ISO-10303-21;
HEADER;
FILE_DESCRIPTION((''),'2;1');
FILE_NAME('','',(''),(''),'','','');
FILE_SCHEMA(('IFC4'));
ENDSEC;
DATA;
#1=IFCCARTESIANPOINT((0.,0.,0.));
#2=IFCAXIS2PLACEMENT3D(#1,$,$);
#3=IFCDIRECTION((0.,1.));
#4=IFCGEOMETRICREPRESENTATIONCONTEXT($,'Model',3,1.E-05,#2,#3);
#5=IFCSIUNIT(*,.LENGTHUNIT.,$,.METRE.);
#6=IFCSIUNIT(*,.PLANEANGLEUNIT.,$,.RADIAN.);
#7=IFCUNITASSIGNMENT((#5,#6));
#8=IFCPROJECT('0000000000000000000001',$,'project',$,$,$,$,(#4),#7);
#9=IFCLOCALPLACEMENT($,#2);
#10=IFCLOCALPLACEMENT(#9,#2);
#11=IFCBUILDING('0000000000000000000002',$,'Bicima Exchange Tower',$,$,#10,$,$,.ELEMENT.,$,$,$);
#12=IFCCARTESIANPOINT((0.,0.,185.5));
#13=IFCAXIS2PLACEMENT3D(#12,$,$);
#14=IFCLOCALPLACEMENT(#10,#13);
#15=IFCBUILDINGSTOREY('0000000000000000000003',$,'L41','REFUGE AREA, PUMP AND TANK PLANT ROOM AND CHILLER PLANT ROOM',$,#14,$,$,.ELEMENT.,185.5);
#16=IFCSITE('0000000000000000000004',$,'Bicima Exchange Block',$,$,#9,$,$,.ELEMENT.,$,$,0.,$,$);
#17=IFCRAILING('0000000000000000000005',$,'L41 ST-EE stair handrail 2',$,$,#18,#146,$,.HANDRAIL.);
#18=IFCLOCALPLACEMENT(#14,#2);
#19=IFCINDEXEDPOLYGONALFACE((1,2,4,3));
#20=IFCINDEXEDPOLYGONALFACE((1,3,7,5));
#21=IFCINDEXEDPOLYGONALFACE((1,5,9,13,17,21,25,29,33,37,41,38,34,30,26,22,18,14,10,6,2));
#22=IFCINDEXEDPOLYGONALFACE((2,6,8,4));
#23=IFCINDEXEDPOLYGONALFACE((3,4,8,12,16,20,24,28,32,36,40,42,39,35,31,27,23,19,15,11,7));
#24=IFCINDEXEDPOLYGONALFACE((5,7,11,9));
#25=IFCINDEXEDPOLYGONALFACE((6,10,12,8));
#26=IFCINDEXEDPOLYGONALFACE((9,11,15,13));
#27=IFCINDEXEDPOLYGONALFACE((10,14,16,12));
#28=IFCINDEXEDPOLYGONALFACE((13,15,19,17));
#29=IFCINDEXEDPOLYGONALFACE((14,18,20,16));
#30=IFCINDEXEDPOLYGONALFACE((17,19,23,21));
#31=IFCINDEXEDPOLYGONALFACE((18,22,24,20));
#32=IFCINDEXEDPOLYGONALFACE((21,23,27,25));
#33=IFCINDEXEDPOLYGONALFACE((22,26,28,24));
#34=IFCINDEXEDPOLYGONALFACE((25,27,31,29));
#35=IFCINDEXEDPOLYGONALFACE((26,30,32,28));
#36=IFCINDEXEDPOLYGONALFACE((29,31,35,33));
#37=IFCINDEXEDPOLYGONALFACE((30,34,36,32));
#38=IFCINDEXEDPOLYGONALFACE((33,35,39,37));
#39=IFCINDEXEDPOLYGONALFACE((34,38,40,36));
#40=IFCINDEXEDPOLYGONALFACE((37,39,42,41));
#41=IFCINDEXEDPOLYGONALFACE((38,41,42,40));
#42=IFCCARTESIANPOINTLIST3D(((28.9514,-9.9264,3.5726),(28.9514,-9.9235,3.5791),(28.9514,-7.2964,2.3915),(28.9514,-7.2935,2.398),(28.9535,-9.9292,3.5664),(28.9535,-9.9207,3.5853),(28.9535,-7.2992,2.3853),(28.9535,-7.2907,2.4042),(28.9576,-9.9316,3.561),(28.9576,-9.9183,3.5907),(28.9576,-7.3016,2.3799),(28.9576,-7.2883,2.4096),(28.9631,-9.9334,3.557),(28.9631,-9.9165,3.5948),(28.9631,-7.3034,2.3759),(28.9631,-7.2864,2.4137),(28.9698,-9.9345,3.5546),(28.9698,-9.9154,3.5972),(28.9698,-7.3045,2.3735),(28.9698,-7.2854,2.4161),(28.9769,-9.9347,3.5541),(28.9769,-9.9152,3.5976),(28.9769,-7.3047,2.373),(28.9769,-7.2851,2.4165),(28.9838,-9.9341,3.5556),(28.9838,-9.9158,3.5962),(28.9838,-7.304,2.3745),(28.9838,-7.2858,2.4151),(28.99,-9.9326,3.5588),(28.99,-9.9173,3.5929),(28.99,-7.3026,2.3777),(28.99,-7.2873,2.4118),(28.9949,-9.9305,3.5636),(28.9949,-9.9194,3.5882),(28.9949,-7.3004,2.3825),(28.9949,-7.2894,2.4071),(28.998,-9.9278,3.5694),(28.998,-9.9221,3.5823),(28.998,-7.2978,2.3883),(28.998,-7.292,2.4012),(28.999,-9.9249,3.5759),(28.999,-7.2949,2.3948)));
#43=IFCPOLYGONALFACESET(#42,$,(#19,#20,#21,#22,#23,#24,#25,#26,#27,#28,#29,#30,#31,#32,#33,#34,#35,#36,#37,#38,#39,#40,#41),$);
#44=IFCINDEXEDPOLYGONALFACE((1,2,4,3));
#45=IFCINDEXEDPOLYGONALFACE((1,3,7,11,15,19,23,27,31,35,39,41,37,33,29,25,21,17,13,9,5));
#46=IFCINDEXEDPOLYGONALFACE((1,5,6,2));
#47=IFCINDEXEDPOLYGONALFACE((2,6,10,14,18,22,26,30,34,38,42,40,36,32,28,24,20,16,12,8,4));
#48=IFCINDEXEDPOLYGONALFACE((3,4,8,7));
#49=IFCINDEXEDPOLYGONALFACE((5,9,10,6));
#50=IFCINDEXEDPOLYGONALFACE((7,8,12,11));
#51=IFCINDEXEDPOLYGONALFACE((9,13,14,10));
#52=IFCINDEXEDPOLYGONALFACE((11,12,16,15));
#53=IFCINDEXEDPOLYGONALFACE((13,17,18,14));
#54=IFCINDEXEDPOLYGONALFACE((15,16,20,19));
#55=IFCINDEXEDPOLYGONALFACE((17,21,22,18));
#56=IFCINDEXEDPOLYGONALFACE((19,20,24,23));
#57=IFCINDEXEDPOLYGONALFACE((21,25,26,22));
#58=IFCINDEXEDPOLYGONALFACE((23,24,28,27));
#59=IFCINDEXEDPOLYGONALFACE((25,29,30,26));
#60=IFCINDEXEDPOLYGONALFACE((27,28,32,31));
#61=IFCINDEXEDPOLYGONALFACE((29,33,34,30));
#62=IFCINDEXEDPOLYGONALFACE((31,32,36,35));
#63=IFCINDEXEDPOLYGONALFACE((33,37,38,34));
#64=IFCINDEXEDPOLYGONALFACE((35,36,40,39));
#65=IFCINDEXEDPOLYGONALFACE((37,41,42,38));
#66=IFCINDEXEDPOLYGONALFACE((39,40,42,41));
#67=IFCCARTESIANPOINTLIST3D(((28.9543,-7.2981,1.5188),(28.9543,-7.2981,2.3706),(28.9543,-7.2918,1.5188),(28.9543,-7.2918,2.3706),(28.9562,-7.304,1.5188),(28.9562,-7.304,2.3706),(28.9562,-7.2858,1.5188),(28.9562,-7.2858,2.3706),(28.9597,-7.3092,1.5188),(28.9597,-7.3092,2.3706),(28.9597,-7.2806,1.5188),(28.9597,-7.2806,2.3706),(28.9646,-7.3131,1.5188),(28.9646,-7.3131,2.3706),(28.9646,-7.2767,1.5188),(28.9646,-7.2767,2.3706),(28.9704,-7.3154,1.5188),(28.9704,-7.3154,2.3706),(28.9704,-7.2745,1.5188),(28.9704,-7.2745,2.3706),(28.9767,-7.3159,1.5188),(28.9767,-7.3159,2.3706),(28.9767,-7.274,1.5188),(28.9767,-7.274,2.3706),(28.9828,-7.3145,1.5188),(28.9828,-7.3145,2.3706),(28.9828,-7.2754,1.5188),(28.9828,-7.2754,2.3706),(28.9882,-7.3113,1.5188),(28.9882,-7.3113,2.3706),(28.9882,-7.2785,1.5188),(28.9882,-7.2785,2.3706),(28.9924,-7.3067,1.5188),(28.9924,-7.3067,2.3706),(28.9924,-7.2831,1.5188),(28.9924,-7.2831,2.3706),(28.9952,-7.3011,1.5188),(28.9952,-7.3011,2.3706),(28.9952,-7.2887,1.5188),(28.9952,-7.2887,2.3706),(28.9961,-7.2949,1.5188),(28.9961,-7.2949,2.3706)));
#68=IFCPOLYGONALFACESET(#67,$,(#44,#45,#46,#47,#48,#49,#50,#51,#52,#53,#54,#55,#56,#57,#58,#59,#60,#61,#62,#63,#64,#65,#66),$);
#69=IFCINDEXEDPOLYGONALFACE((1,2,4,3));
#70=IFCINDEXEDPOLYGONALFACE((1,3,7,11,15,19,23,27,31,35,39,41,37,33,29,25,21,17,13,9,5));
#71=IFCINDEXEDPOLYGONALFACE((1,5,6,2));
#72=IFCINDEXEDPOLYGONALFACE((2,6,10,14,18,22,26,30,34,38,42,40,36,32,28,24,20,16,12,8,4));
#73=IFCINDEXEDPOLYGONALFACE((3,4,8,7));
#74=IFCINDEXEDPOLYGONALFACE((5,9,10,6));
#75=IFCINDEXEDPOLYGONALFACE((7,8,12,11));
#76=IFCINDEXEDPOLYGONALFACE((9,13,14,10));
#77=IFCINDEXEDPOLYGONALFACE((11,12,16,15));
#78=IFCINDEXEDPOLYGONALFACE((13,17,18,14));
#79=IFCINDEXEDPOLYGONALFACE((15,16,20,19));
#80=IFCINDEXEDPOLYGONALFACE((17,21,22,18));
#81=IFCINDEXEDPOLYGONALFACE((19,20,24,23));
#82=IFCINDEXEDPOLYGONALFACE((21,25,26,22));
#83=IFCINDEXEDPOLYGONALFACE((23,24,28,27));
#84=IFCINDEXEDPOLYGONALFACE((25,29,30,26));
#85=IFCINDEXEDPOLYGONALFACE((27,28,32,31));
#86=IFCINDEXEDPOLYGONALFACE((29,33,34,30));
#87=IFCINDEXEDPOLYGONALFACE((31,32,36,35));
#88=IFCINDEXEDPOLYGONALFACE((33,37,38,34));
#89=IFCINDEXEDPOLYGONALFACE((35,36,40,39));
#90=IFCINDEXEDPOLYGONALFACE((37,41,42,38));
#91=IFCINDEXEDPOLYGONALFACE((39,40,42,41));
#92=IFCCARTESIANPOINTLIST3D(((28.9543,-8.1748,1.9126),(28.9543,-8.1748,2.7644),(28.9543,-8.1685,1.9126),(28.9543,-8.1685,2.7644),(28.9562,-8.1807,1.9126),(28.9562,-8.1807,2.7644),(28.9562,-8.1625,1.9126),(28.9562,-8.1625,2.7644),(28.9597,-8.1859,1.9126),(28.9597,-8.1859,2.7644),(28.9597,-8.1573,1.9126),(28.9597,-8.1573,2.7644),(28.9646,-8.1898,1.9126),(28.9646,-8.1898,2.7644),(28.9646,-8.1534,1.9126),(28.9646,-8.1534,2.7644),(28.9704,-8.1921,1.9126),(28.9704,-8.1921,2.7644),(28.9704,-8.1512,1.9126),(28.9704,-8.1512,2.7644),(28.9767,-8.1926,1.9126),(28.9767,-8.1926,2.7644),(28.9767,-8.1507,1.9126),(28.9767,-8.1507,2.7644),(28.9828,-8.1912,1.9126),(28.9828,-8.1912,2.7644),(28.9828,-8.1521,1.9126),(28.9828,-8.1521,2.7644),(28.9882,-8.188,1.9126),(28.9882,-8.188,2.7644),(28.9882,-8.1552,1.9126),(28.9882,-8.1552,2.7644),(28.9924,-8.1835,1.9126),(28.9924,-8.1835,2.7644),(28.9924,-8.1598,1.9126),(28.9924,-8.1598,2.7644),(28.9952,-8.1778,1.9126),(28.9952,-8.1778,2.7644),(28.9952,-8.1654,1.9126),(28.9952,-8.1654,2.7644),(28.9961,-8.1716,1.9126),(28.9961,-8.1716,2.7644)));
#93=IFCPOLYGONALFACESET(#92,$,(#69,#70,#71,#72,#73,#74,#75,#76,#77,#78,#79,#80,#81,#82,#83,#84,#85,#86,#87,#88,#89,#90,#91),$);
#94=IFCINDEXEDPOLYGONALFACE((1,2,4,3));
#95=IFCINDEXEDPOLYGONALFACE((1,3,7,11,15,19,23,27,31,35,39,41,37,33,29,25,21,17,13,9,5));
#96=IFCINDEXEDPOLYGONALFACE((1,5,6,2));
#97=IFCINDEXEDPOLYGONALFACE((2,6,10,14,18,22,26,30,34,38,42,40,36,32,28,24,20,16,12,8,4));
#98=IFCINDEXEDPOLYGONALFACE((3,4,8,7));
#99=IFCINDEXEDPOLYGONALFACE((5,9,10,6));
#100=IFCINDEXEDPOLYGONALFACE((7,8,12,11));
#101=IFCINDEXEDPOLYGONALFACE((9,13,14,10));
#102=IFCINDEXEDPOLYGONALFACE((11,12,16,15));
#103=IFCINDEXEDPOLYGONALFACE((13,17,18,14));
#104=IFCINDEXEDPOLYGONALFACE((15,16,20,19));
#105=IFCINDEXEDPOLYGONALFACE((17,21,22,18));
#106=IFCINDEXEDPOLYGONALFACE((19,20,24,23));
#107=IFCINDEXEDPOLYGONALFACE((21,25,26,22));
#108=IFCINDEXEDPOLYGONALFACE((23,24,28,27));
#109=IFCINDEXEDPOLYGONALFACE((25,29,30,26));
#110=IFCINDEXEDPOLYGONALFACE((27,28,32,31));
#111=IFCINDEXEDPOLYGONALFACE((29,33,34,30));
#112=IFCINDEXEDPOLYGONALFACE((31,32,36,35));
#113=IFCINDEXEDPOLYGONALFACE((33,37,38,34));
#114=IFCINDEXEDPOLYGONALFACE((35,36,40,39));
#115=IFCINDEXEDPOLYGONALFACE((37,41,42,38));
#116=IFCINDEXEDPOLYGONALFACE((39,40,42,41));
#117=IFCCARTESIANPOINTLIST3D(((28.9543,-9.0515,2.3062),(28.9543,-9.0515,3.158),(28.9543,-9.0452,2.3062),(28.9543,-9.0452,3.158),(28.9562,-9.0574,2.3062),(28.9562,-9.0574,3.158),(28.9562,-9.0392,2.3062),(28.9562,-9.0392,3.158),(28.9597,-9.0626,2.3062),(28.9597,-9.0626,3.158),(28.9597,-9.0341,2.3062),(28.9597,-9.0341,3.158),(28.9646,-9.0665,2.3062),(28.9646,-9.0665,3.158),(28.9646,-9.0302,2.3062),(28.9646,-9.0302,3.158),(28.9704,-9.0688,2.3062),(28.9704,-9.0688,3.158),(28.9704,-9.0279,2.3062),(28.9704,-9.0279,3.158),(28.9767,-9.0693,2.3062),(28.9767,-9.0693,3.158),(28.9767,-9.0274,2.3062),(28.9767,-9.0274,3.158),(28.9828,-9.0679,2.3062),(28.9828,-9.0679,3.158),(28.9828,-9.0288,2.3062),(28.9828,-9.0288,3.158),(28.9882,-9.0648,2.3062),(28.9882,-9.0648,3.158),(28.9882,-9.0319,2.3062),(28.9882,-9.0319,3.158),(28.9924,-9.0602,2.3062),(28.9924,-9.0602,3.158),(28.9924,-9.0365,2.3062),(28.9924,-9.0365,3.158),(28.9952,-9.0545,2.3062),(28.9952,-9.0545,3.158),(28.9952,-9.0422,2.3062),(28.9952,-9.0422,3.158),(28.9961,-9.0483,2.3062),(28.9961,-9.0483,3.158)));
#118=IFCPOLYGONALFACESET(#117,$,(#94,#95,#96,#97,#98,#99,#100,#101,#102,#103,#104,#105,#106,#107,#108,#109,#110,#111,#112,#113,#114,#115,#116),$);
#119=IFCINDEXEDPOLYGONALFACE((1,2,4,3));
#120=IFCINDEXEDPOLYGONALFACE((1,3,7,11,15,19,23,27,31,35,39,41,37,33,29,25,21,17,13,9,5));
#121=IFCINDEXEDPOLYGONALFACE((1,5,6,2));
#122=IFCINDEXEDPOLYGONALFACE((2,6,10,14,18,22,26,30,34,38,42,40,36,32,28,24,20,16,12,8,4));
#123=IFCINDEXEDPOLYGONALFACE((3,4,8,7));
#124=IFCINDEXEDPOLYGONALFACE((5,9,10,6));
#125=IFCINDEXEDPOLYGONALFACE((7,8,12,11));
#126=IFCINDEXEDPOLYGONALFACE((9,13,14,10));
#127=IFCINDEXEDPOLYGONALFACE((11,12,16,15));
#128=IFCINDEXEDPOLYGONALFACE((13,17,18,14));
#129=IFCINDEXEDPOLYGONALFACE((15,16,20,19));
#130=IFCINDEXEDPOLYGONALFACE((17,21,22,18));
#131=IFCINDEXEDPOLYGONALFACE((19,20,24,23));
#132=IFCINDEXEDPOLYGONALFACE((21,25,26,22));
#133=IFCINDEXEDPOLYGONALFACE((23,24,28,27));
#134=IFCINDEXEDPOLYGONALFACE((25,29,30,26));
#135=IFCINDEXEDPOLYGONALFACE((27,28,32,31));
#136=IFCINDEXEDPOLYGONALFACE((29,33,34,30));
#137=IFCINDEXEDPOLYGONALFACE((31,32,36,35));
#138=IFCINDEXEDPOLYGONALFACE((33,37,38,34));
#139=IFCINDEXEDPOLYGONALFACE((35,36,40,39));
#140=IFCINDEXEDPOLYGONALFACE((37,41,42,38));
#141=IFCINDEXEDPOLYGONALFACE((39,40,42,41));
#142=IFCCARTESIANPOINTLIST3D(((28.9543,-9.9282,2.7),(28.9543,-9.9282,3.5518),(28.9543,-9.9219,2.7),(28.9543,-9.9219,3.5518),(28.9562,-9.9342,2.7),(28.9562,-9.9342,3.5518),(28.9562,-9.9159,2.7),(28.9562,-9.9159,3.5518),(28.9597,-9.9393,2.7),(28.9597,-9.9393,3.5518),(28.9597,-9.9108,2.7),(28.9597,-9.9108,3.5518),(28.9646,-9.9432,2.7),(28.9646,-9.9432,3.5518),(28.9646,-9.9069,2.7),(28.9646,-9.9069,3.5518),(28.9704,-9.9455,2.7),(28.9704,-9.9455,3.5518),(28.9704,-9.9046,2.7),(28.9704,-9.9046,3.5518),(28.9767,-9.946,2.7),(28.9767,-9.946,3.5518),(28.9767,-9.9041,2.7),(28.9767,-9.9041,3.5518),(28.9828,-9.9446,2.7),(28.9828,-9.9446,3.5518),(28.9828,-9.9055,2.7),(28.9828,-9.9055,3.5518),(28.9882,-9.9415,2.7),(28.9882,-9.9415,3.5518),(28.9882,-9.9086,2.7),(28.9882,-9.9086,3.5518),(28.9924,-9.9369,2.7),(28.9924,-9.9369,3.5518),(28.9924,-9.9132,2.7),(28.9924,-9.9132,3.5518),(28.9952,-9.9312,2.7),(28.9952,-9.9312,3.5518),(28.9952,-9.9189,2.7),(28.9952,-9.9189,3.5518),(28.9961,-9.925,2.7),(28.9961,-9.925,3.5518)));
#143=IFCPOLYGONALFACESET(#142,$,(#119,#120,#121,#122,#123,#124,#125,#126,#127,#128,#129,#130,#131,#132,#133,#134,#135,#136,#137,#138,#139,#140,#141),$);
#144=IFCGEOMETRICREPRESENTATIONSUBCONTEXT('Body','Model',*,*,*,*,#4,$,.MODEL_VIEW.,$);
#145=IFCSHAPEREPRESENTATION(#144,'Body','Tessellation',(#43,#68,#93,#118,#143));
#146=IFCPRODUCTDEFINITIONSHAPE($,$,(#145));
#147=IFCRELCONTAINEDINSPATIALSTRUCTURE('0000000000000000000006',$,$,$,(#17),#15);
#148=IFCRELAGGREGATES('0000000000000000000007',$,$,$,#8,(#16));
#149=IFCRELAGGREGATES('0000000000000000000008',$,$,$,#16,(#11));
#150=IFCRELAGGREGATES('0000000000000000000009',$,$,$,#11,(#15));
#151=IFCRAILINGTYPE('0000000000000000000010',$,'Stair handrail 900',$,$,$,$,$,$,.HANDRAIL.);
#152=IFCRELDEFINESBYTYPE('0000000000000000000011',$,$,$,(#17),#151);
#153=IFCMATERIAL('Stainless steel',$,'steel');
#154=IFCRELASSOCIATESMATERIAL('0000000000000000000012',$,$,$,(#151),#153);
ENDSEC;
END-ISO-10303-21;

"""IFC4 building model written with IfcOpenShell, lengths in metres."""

from ifc_helpers import new_model, si_unit, direction, frame, origin, origin_2d, place, context, subcontext, project, spatial, circle, extrude, material, type_object, element, save


model = new_model("IFC4")

# Units and contexts
model_context = context("Model", 3, precision=1e-05, world=origin(), true_north=direction((0.0, 1.0)))
body_context = subcontext(model_context, "Body", "Model", "MODEL_VIEW")
ifc_project = project(units=[si_unit("LENGTHUNIT", "METRE"), si_unit("PLANEANGLEUNIT", "RADIAN")], contexts=[model_context])

# Site, building, storey
site_placement = place(None, origin())
site = spatial("IfcSite", under=ifc_project, at=site_placement, Name="Bicima Exchange Block", CompositionType="ELEMENT", RefElevation=0.0)
building_placement = place(site_placement, origin())
building = spatial("IfcBuilding", under=site, at=building_placement, Name="Bicima Exchange Tower", CompositionType="ELEMENT")
storey_placement = place(building_placement, frame((0.0, 0.0, 185.5)))
storey = spatial("IfcBuildingStorey", under=building, at=storey_placement, Name="L41", Description="REFUGE AREA, PUMP AND TANK PLANT ROOM AND CHILLER PLANT ROOM", CompositionType="ELEMENT", Elevation=185.5)

# Railing
ifc_material_1 = material(Name="Stainless steel", Category="steel")
railing_type_1 = type_object("IfcRailingType", Name="Stair handrail 900", PredefinedType="HANDRAIL", material=ifc_material_1)
railing_1_placement = place(storey_placement, frame((28.9751, -7.2949, 1.5188)))
element("IfcRailing", 1, at=railing_1_placement, inside=storey, type_object=railing_type_1, Name="L41 ST-EE stair handrail 2", PredefinedType="HANDRAIL", context=body_context, shape_type="SweptSolid", body=[
    extrude(circle(Radius=0.0239, at=origin_2d()), frame((0.0, 0.0, 0.876), z_axis=(0.0, -0.912233, 0.409671), x_axis=(1.0, 0.0, 0.0)), (0.0, 0.0, 1.0), 2.8831),
    extrude(circle(Radius=0.021, at=origin_2d()), origin(), (0.0, 0.0, 1.0), 0.8518),
    extrude(circle(Radius=0.021, at=origin_2d()), frame((0.0, -0.8767, 0.3938)), (0.0, 0.0, 1.0), 0.8518),
    extrude(circle(Radius=0.021, at=origin_2d()), frame((0.0, -1.7534, 0.7874)), (0.0, 0.0, 1.0), 0.8518),
    extrude(circle(Radius=0.021, at=origin_2d()), frame((0.0, -2.6301, 1.1812)), (0.0, 0.0, 1.0), 0.8518),
])

save(model, "model.ifc")
